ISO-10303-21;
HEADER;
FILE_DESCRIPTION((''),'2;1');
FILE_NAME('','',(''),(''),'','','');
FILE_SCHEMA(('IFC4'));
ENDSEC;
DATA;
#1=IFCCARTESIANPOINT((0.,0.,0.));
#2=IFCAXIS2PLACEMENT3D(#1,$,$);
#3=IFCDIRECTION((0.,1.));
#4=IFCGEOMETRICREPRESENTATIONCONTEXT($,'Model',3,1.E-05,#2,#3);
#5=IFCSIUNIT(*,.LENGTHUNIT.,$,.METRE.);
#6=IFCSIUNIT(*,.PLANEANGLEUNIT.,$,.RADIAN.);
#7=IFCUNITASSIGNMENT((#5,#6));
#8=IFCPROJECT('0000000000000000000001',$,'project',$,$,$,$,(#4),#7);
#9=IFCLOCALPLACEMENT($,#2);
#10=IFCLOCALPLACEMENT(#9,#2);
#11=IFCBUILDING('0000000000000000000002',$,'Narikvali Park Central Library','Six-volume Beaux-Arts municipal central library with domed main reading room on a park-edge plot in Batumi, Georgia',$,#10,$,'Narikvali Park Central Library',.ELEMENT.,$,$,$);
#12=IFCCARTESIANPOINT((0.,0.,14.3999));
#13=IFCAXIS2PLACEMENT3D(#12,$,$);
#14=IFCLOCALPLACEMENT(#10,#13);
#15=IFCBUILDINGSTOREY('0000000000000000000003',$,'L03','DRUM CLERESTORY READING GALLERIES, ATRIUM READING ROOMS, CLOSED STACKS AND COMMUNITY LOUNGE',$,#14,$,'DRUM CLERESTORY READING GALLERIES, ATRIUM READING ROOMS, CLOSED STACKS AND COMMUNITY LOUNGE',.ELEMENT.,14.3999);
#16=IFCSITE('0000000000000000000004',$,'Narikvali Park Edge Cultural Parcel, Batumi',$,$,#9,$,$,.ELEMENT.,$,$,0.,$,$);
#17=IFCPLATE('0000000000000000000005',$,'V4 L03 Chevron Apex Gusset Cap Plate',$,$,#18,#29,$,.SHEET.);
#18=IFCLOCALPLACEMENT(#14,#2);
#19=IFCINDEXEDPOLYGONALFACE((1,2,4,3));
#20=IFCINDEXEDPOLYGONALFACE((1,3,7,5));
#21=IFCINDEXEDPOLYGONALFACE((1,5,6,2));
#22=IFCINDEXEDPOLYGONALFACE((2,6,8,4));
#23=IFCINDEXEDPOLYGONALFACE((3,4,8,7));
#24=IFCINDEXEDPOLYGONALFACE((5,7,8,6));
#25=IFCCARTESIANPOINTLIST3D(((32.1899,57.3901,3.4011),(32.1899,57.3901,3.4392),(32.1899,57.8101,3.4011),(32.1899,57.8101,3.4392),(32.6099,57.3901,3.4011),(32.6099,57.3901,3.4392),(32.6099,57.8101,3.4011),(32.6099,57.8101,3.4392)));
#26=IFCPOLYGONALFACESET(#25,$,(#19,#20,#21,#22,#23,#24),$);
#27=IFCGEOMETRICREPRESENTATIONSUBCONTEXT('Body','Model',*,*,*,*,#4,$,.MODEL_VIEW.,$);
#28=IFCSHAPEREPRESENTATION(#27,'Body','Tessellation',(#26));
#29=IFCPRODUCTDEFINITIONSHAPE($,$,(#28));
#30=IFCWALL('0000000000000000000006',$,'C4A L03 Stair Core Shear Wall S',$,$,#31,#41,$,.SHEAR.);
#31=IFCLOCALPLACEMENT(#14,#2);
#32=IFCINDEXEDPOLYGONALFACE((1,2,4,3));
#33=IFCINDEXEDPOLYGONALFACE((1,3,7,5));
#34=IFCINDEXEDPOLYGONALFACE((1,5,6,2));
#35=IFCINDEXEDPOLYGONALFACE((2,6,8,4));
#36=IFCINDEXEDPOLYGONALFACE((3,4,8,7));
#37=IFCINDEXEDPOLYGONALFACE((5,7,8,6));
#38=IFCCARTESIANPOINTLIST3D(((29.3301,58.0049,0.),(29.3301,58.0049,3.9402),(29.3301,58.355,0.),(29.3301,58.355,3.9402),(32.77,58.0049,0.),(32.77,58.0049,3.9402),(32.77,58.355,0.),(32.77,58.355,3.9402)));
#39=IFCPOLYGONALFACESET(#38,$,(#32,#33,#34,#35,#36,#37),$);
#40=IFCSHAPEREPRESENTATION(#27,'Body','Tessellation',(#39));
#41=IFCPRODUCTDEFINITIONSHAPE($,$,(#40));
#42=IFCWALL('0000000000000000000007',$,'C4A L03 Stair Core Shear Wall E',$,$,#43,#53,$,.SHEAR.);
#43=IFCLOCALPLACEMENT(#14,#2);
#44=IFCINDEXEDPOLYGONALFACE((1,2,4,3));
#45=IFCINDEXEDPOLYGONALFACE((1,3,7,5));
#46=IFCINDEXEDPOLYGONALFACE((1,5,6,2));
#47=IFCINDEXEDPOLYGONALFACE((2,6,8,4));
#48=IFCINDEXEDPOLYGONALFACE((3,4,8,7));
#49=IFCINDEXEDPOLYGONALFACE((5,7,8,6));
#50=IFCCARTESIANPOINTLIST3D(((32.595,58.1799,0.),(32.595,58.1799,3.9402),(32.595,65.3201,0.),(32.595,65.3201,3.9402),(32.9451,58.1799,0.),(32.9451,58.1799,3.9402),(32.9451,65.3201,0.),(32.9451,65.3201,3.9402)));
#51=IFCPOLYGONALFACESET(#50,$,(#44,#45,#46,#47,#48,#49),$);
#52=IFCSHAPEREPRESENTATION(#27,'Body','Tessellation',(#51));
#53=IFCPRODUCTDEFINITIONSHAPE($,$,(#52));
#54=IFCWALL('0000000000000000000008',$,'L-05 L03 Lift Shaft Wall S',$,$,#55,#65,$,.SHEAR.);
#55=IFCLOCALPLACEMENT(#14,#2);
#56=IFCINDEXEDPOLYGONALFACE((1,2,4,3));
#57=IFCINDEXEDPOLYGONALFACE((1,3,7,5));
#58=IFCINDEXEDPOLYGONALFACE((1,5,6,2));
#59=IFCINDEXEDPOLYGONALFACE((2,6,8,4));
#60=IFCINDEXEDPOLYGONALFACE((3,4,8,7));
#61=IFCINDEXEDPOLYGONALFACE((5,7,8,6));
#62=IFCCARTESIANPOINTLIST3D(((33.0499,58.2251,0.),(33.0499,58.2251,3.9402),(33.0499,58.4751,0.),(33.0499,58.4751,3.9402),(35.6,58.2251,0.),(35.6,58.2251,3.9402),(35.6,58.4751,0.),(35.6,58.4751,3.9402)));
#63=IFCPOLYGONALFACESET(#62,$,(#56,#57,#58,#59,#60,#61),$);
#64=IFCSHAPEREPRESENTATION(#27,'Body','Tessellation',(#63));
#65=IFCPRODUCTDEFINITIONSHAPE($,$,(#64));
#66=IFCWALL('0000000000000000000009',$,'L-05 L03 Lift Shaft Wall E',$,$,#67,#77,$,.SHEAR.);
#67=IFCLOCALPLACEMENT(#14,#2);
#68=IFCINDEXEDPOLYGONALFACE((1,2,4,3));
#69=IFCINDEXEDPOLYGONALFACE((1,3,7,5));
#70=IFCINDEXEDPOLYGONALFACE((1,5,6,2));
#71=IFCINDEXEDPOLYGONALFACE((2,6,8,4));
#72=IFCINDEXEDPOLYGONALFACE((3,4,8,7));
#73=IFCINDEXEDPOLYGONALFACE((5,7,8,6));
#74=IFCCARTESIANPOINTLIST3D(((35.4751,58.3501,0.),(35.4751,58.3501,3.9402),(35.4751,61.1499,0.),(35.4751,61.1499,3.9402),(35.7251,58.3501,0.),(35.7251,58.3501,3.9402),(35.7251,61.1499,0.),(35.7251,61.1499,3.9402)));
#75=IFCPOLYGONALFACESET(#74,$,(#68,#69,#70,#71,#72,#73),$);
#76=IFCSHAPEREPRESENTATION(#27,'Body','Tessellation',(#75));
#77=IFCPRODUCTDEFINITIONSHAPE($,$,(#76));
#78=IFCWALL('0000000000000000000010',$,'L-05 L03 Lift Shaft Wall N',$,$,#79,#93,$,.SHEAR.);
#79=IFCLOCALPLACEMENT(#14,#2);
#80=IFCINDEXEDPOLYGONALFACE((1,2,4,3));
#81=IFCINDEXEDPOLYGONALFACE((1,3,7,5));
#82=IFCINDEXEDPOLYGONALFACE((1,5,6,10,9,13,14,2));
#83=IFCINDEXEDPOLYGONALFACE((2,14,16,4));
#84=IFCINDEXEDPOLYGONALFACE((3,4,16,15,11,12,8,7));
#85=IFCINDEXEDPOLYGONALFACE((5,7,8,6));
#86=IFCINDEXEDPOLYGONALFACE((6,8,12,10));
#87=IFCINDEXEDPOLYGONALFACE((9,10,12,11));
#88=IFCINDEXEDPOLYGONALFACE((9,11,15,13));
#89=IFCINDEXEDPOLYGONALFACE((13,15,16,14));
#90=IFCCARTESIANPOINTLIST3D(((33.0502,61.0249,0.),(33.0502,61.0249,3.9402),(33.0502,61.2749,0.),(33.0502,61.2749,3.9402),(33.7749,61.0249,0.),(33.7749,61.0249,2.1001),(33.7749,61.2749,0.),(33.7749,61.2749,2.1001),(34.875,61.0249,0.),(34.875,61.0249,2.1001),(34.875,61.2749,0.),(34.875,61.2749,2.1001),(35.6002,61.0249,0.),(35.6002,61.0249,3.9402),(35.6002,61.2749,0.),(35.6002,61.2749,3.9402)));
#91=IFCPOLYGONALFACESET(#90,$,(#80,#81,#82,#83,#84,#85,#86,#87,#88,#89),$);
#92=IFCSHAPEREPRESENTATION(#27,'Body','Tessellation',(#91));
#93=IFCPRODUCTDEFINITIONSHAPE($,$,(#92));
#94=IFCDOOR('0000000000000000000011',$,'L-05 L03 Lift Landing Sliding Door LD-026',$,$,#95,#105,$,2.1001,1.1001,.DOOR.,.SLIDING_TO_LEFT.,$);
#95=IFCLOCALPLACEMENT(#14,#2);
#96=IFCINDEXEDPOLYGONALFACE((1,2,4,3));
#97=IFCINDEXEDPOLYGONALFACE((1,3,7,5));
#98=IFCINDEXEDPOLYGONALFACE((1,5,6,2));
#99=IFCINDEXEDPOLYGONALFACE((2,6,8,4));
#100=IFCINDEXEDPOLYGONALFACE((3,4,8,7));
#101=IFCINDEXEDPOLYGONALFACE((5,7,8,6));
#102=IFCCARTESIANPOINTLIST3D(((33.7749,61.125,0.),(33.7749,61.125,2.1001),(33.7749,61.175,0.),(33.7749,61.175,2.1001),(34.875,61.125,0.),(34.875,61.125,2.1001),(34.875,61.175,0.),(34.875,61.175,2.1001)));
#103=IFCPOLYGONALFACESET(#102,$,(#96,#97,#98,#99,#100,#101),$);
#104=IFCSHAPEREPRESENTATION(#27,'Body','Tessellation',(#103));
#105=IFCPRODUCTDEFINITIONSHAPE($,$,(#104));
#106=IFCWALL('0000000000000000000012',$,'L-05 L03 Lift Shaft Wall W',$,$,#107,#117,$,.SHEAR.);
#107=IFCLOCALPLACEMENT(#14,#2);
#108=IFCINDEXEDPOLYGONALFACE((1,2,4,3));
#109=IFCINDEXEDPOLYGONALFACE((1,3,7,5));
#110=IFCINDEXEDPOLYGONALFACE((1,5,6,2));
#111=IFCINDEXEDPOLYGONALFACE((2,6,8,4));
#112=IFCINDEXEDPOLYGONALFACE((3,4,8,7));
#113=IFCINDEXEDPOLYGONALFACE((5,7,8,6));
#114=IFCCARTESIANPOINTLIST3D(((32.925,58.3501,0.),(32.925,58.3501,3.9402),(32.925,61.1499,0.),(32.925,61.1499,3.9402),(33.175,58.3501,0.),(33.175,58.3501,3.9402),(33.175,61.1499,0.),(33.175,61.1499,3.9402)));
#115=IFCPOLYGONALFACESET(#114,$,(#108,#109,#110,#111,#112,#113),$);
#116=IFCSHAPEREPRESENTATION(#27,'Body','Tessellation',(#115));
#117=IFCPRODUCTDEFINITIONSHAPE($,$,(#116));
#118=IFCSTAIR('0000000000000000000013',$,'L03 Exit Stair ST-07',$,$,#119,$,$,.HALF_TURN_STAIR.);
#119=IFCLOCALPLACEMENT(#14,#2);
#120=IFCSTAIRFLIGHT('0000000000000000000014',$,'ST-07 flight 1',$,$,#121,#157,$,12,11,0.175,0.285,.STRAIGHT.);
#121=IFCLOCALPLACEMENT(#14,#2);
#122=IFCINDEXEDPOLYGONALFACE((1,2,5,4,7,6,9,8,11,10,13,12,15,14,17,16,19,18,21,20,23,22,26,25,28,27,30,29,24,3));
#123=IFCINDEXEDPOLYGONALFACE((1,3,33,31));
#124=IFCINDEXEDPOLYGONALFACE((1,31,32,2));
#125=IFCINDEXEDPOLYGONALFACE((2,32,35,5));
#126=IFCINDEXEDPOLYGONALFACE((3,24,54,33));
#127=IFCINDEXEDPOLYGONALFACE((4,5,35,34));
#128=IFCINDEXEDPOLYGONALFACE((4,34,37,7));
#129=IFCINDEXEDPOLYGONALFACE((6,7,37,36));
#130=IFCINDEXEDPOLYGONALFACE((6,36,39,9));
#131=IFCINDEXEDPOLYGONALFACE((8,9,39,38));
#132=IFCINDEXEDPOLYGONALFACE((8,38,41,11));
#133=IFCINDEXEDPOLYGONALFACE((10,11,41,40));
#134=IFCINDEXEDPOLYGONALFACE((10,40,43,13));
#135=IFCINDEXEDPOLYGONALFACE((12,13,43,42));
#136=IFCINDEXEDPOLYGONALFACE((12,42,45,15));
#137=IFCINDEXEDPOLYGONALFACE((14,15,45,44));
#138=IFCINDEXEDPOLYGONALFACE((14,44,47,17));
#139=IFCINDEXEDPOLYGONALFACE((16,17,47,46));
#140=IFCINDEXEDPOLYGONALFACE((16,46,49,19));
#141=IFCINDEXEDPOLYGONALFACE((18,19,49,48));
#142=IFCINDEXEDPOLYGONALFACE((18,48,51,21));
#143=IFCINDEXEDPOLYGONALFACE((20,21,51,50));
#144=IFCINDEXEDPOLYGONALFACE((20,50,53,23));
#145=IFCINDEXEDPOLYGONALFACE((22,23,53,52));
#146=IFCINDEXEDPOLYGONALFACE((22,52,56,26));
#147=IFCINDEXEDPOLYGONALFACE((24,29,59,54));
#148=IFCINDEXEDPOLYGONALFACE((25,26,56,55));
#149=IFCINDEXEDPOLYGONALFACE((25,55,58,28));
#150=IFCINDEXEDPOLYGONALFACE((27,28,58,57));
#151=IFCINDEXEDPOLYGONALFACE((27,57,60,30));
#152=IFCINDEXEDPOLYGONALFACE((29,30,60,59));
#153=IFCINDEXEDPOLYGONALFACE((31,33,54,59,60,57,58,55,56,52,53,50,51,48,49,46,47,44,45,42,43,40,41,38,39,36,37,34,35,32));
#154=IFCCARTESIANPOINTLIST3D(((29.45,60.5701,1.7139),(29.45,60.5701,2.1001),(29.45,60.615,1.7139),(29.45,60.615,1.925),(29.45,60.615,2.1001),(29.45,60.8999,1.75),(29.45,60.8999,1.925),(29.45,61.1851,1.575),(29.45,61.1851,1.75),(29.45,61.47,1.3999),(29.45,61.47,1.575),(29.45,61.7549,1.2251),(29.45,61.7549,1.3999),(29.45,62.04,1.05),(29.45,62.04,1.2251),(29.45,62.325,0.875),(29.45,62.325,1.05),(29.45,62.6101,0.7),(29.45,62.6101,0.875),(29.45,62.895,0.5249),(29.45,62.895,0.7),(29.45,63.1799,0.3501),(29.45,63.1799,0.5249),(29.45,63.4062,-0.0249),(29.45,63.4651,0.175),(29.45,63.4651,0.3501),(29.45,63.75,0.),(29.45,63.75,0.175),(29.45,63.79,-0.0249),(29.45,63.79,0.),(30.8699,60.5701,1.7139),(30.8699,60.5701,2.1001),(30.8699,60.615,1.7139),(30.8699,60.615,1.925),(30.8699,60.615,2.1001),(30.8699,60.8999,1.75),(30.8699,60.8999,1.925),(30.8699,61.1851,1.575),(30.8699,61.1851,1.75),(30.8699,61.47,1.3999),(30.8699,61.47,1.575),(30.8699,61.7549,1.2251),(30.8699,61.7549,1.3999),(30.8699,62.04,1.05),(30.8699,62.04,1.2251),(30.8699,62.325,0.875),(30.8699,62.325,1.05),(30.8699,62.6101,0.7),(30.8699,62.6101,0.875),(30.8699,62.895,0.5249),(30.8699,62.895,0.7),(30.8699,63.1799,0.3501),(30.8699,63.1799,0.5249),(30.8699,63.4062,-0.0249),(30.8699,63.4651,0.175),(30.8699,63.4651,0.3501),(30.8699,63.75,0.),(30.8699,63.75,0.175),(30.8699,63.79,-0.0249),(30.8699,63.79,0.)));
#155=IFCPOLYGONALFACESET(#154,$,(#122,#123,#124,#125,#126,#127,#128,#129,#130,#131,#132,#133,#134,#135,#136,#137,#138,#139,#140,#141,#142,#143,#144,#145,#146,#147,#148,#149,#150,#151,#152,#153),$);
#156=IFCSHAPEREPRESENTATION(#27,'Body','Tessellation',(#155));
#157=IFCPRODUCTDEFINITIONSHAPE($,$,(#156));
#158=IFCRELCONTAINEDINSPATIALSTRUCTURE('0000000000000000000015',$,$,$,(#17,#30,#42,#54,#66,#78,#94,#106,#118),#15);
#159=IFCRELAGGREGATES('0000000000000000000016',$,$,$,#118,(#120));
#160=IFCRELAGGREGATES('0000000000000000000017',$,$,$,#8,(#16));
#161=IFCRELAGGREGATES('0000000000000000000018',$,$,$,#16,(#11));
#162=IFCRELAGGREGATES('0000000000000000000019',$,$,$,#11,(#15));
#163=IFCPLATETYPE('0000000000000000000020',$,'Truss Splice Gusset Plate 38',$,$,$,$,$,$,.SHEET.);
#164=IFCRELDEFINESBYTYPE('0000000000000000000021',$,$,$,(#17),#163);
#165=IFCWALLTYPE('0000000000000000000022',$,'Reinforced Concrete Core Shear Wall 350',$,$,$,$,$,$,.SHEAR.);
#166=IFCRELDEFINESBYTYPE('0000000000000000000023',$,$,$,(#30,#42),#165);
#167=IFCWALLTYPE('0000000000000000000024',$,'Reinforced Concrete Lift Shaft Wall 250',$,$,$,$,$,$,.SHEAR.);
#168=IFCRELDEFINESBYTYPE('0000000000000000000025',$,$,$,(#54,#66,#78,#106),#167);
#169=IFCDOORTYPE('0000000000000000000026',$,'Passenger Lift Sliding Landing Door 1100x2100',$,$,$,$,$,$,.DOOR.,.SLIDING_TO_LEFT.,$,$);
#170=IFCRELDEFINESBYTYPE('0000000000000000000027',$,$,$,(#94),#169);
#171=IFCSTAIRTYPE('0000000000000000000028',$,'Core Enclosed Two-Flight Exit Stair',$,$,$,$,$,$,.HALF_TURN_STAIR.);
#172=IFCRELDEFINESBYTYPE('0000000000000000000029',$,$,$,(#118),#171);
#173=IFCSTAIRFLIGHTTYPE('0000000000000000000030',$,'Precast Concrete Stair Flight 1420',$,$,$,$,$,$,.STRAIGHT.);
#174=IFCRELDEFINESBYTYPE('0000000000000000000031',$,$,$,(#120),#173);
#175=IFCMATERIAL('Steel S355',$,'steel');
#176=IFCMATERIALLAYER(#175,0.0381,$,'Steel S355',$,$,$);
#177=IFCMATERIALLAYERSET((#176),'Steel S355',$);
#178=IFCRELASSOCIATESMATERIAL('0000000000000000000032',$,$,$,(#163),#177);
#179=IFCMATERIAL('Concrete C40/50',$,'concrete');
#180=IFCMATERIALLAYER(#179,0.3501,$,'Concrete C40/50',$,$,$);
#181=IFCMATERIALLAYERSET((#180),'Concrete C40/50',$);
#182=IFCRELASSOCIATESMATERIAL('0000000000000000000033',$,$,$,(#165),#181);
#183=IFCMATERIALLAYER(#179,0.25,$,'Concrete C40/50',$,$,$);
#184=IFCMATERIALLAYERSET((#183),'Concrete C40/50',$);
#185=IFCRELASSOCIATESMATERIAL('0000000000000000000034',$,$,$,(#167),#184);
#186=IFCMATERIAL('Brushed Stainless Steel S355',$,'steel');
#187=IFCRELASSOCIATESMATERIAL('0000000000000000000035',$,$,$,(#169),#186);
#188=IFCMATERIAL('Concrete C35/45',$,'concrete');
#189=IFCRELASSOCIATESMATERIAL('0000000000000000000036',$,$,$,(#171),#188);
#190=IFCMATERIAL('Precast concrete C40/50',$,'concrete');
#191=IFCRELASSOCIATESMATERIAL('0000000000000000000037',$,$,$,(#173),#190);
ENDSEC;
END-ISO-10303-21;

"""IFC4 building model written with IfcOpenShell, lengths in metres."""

from ifc_helpers import new_model, si_unit, direction, frame, frame_2d, origin, origin_2d, place, context, subcontext, project, spatial, polyline, rectangle, outline, extrude, material, layer, layer_set, type_object, element, fill, aggregate, save


model = new_model("IFC4")

# Units and contexts
model_context = context("Model", 3, precision=1e-05, world=origin(), true_north=direction((0.0, 1.0)))
body_context = subcontext(model_context, "Body", "Model", "MODEL_VIEW")
ifc_project = project(units=[si_unit("LENGTHUNIT", "METRE"), si_unit("PLANEANGLEUNIT", "RADIAN")], contexts=[model_context])

# Site, building, storey
site_placement = place(None, origin())
site = spatial("IfcSite", under=ifc_project, at=site_placement, Name="Narikvali Park Edge Cultural Parcel, Batumi", CompositionType="ELEMENT", RefElevation=0.0)
building_placement = place(site_placement, origin())
building = spatial("IfcBuilding", under=site, at=building_placement, Name="Narikvali Park Central Library", Description="Six-volume Beaux-Arts municipal central library with domed main reading room on a park-edge plot in Batumi, Georgia", LongName="Narikvali Park Central Library", CompositionType="ELEMENT")
storey_placement = place(building_placement, frame((0.0, 0.0, 14.3999)))
storey = spatial("IfcBuildingStorey", under=building, at=storey_placement, Name="L03", Description="DRUM CLERESTORY READING GALLERIES, ATRIUM READING ROOMS, CLOSED STACKS AND COMMUNITY LOUNGE", LongName="DRUM CLERESTORY READING GALLERIES, ATRIUM READING ROOMS, CLOSED STACKS AND COMMUNITY LOUNGE", CompositionType="ELEMENT", Elevation=14.3999)

# Shared definitions
ifc_material_1 = material(Name="Steel S355", Category="steel")

# Plate
ifc_layer_1 = layer(ifc_material_1, 0.0381, Name="Steel S355")
ifc_layer_set_1 = layer_set([ifc_layer_1], Name="Steel S355")
plate_type = type_object("IfcPlateType", Name="Truss Splice Gusset Plate 38", PredefinedType="SHEET", material=ifc_layer_set_1)
plate_placement = place(storey_placement, frame((32.3999, 57.6001, 3.4011), z_axis=(0.0, 0.0, 1.0), x_axis=(1.0, 0.0, 0.0)))
element("IfcPlate", 1, at=plate_placement, inside=storey, type_object=plate_type, Name="V4 L03 Chevron Apex Gusset Cap Plate", PredefinedType="SHEET", context=body_context, shape_type="SweptSolid", body=[
    extrude(rectangle(XDim=0.4199, YDim=0.4199, at=origin_2d()), origin(), (0.0, 0.0, 1.0), 0.0381),
])

# Walls
ifc_material_2 = material(Name="Concrete C40/50", Category="concrete")
ifc_layer_2 = layer(ifc_material_2, 0.3501, Name="Concrete C40/50")
ifc_layer_set_2 = layer_set([ifc_layer_2], Name="Concrete C40/50")
wall_type_1 = type_object("IfcWallType", Name="Reinforced Concrete Core Shear Wall 350", PredefinedType="SHEAR", material=ifc_layer_set_2)
wall_1_placement = place(storey_placement, frame((29.3301, 58.1799, 0.0), z_axis=(0.0, 0.0, 1.0), x_axis=(1.0, 0.0, 0.0)))
element("IfcWall", 2, at=wall_1_placement, inside=storey, type_object=wall_type_1, Name="C4A L03 Stair Core Shear Wall S", PredefinedType="SHEAR", context=body_context, shape_type="SweptSolid", body=[
    extrude(rectangle(XDim=3.4399, YDim=0.3501, at=frame_2d((1.72, 0.0))), origin(), (0.0, 0.0, 1.0), 3.9402),
])
wall_2_placement = place(storey_placement, frame((32.77, 58.1799, 0.0), z_axis=(0.0, 0.0, 1.0), x_axis=(0.0, 1.0, 0.0)))
element("IfcWall", 3, at=wall_2_placement, inside=storey, type_object=wall_type_1, Name="C4A L03 Stair Core Shear Wall E", PredefinedType="SHEAR", context=body_context, shape_type="SweptSolid", body=[
    extrude(rectangle(XDim=7.1401, YDim=0.3501, at=frame_2d((3.5701, 0.0))), origin(), (0.0, 0.0, 1.0), 3.9402),
])
ifc_layer_3 = layer(ifc_material_2, 0.25, Name="Concrete C40/50")
ifc_layer_set_3 = layer_set([ifc_layer_3], Name="Concrete C40/50")
wall_type_2 = type_object("IfcWallType", Name="Reinforced Concrete Lift Shaft Wall 250", PredefinedType="SHEAR", material=ifc_layer_set_3)
wall_3_placement = place(storey_placement, frame((33.05, 58.3501, 0.0), z_axis=(0.0, 0.0, 1.0), x_axis=(1.0, 0.0, 0.0)))
element("IfcWall", 4, at=wall_3_placement, inside=storey, type_object=wall_type_2, Name="L-05 L03 Lift Shaft Wall S", PredefinedType="SHEAR", context=body_context, shape_type="SweptSolid", body=[
    extrude(rectangle(XDim=2.55, YDim=0.25, at=frame_2d((1.2749, 0.0))), origin(), (0.0, 0.0, 1.0), 3.9402),
])
wall_4_placement = place(storey_placement, frame((35.6001, 58.3501, 0.0), z_axis=(0.0, 0.0, 1.0), x_axis=(0.0, 1.0, 0.0)))
element("IfcWall", 5, at=wall_4_placement, inside=storey, type_object=wall_type_2, Name="L-05 L03 Lift Shaft Wall E", PredefinedType="SHEAR", context=body_context, shape_type="SweptSolid", body=[
    extrude(rectangle(XDim=2.7998, YDim=0.25, at=frame_2d((1.3999, 0.0))), origin(), (0.0, 0.0, 1.0), 3.9402),
])

# Wall, opening, door
wall_5_placement = place(storey_placement, frame((35.6001, 61.1499, 0.0), z_axis=(0.0, 0.0, 1.0), x_axis=(-1.0, 0.0, 0.0)))
wall_5 = element("IfcWall", 6, at=wall_5_placement, inside=storey, type_object=wall_type_2, Name="L-05 L03 Lift Shaft Wall N", PredefinedType="SHEAR", context=body_context, shape_type="SweptSolid", body=[
    extrude(rectangle(XDim=2.55, YDim=0.25, at=frame_2d((1.2749, 0.0))), origin(), (0.0, 0.0, 1.0), 3.9402),
])
opening_placement = place(wall_5_placement, frame((0.7251, 0.0, 0.0)))
opening = element("IfcOpeningElement", 7, at=opening_placement, cuts=wall_5, PredefinedType="OPENING", context=body_context, shape_type="SweptSolid", body=[
    extrude(rectangle(XDim=1.1001, YDim=2.1001, at=frame_2d((0.55, 1.05))), frame((0.0, 0.137, 0.0), z_axis=(0.0, -1.0, 0.0), x_axis=(1.0, 0.0, 0.0)), (0.0, 0.0, 1.0), 0.2739),
])
ifc_material_3 = material(Name="Brushed Stainless Steel S355", Category="steel")
door_type = type_object("IfcDoorType", Name="Passenger Lift Sliding Landing Door 1100x2100", OperationType="SLIDING_TO_LEFT", PredefinedType="DOOR", material=ifc_material_3)
door_placement = place(opening_placement, origin())
door = element("IfcDoor", 8, at=door_placement, inside=storey, type_object=door_type, Name="L-05 L03 Lift Landing Sliding Door LD-026", OperationType="SLIDING_TO_LEFT", OverallHeight=2.1001, OverallWidth=1.1001, PredefinedType="DOOR", context=body_context, shape_type="SweptSolid", body=[
    extrude(rectangle(XDim=1.1001, YDim=2.1001, at=frame_2d((0.55, 1.05))), frame((0.0, 0.0249, 0.0), z_axis=(0.0, -1.0, 0.0), x_axis=(1.0, 0.0, 0.0)), (0.0, 0.0, 1.0), 0.05),
])
fill(opening, door)

# Wall
wall_6_placement = place(storey_placement, frame((33.05, 61.1499, 0.0), z_axis=(0.0, 0.0, 1.0), x_axis=(0.0, -1.0, 0.0)))
element("IfcWall", 9, at=wall_6_placement, inside=storey, type_object=wall_type_2, Name="L-05 L03 Lift Shaft Wall W", PredefinedType="SHEAR", context=body_context, shape_type="SweptSolid", body=[
    extrude(rectangle(XDim=2.7998, YDim=0.25, at=frame_2d((1.3999, 0.0))), origin(), (0.0, 0.0, 1.0), 3.9402),
])

# Stair, stair flight
ifc_material_4 = material(Name="Concrete C35/45", Category="concrete")
stair_type = type_object("IfcStairType", Name="Core Enclosed Two-Flight Exit Stair", PredefinedType="HALF_TURN_STAIR", material=ifc_material_4)
stair_placement = place(storey_placement, origin())
stair = element("IfcStair", 10, at=stair_placement, inside=storey, type_object=stair_type, Name="L03 Exit Stair ST-07", PredefinedType="HALF_TURN_STAIR")
ifc_material_5 = material(Name="Precast concrete C40/50", Category="concrete")
stair_flight_type = type_object("IfcStairFlightType", Name="Precast Concrete Stair Flight 1420", PredefinedType="STRAIGHT", material=ifc_material_5)
stair_flight_1_placement = place(storey_placement, frame((30.1599, 63.75, 0.0), z_axis=(0.0, 0.0, 1.0), x_axis=(0.0, -1.0, 0.0)))
stair_flight_1 = element("IfcStairFlight", 11, at=stair_flight_1_placement, type_object=stair_flight_type, Name="ST-07 flight 1", NumberOfRisers=12, NumberOfTreads=11, PredefinedType="STRAIGHT", RiserHeight=0.175, TreadLength=0.285, context=body_context, shape_type="SweptSolid", body=[
    extrude(outline(polyline([(-0.04, -0.0249), (-0.04, 0.0), (0.0, 0.0), (0.0, 0.175), (0.2849, 0.175), (0.2849, 0.3501), (0.5701, 0.3501), (0.5701, 0.5249), (0.855, 0.5249), (0.855, 0.7), (1.1399, 0.7), (1.1399, 0.875), (1.425, 0.875), (1.425, 1.05), (1.71, 1.05), (1.71, 1.2251), (1.9951, 1.2251), (1.9951, 1.3999), (2.28, 1.3999), (2.28, 1.575), (2.5649, 1.575), (2.5649, 1.75), (2.8501, 1.75), (2.8501, 1.925), (3.135, 1.925), (3.135, 2.1001), (3.1799, 2.1001), (3.1799, 1.7139), (3.135, 1.7139), (0.3438, -0.0249), (-0.04, -0.0249)])), frame((0.0, 0.71, 0.0), z_axis=(0.0, -1.0, 0.0), x_axis=(1.0, 0.0, 0.0)), (0.0, 0.0, 1.0), 1.4199),
])
aggregate(stair, [stair_flight_1])

save(model, "model.ifc")
